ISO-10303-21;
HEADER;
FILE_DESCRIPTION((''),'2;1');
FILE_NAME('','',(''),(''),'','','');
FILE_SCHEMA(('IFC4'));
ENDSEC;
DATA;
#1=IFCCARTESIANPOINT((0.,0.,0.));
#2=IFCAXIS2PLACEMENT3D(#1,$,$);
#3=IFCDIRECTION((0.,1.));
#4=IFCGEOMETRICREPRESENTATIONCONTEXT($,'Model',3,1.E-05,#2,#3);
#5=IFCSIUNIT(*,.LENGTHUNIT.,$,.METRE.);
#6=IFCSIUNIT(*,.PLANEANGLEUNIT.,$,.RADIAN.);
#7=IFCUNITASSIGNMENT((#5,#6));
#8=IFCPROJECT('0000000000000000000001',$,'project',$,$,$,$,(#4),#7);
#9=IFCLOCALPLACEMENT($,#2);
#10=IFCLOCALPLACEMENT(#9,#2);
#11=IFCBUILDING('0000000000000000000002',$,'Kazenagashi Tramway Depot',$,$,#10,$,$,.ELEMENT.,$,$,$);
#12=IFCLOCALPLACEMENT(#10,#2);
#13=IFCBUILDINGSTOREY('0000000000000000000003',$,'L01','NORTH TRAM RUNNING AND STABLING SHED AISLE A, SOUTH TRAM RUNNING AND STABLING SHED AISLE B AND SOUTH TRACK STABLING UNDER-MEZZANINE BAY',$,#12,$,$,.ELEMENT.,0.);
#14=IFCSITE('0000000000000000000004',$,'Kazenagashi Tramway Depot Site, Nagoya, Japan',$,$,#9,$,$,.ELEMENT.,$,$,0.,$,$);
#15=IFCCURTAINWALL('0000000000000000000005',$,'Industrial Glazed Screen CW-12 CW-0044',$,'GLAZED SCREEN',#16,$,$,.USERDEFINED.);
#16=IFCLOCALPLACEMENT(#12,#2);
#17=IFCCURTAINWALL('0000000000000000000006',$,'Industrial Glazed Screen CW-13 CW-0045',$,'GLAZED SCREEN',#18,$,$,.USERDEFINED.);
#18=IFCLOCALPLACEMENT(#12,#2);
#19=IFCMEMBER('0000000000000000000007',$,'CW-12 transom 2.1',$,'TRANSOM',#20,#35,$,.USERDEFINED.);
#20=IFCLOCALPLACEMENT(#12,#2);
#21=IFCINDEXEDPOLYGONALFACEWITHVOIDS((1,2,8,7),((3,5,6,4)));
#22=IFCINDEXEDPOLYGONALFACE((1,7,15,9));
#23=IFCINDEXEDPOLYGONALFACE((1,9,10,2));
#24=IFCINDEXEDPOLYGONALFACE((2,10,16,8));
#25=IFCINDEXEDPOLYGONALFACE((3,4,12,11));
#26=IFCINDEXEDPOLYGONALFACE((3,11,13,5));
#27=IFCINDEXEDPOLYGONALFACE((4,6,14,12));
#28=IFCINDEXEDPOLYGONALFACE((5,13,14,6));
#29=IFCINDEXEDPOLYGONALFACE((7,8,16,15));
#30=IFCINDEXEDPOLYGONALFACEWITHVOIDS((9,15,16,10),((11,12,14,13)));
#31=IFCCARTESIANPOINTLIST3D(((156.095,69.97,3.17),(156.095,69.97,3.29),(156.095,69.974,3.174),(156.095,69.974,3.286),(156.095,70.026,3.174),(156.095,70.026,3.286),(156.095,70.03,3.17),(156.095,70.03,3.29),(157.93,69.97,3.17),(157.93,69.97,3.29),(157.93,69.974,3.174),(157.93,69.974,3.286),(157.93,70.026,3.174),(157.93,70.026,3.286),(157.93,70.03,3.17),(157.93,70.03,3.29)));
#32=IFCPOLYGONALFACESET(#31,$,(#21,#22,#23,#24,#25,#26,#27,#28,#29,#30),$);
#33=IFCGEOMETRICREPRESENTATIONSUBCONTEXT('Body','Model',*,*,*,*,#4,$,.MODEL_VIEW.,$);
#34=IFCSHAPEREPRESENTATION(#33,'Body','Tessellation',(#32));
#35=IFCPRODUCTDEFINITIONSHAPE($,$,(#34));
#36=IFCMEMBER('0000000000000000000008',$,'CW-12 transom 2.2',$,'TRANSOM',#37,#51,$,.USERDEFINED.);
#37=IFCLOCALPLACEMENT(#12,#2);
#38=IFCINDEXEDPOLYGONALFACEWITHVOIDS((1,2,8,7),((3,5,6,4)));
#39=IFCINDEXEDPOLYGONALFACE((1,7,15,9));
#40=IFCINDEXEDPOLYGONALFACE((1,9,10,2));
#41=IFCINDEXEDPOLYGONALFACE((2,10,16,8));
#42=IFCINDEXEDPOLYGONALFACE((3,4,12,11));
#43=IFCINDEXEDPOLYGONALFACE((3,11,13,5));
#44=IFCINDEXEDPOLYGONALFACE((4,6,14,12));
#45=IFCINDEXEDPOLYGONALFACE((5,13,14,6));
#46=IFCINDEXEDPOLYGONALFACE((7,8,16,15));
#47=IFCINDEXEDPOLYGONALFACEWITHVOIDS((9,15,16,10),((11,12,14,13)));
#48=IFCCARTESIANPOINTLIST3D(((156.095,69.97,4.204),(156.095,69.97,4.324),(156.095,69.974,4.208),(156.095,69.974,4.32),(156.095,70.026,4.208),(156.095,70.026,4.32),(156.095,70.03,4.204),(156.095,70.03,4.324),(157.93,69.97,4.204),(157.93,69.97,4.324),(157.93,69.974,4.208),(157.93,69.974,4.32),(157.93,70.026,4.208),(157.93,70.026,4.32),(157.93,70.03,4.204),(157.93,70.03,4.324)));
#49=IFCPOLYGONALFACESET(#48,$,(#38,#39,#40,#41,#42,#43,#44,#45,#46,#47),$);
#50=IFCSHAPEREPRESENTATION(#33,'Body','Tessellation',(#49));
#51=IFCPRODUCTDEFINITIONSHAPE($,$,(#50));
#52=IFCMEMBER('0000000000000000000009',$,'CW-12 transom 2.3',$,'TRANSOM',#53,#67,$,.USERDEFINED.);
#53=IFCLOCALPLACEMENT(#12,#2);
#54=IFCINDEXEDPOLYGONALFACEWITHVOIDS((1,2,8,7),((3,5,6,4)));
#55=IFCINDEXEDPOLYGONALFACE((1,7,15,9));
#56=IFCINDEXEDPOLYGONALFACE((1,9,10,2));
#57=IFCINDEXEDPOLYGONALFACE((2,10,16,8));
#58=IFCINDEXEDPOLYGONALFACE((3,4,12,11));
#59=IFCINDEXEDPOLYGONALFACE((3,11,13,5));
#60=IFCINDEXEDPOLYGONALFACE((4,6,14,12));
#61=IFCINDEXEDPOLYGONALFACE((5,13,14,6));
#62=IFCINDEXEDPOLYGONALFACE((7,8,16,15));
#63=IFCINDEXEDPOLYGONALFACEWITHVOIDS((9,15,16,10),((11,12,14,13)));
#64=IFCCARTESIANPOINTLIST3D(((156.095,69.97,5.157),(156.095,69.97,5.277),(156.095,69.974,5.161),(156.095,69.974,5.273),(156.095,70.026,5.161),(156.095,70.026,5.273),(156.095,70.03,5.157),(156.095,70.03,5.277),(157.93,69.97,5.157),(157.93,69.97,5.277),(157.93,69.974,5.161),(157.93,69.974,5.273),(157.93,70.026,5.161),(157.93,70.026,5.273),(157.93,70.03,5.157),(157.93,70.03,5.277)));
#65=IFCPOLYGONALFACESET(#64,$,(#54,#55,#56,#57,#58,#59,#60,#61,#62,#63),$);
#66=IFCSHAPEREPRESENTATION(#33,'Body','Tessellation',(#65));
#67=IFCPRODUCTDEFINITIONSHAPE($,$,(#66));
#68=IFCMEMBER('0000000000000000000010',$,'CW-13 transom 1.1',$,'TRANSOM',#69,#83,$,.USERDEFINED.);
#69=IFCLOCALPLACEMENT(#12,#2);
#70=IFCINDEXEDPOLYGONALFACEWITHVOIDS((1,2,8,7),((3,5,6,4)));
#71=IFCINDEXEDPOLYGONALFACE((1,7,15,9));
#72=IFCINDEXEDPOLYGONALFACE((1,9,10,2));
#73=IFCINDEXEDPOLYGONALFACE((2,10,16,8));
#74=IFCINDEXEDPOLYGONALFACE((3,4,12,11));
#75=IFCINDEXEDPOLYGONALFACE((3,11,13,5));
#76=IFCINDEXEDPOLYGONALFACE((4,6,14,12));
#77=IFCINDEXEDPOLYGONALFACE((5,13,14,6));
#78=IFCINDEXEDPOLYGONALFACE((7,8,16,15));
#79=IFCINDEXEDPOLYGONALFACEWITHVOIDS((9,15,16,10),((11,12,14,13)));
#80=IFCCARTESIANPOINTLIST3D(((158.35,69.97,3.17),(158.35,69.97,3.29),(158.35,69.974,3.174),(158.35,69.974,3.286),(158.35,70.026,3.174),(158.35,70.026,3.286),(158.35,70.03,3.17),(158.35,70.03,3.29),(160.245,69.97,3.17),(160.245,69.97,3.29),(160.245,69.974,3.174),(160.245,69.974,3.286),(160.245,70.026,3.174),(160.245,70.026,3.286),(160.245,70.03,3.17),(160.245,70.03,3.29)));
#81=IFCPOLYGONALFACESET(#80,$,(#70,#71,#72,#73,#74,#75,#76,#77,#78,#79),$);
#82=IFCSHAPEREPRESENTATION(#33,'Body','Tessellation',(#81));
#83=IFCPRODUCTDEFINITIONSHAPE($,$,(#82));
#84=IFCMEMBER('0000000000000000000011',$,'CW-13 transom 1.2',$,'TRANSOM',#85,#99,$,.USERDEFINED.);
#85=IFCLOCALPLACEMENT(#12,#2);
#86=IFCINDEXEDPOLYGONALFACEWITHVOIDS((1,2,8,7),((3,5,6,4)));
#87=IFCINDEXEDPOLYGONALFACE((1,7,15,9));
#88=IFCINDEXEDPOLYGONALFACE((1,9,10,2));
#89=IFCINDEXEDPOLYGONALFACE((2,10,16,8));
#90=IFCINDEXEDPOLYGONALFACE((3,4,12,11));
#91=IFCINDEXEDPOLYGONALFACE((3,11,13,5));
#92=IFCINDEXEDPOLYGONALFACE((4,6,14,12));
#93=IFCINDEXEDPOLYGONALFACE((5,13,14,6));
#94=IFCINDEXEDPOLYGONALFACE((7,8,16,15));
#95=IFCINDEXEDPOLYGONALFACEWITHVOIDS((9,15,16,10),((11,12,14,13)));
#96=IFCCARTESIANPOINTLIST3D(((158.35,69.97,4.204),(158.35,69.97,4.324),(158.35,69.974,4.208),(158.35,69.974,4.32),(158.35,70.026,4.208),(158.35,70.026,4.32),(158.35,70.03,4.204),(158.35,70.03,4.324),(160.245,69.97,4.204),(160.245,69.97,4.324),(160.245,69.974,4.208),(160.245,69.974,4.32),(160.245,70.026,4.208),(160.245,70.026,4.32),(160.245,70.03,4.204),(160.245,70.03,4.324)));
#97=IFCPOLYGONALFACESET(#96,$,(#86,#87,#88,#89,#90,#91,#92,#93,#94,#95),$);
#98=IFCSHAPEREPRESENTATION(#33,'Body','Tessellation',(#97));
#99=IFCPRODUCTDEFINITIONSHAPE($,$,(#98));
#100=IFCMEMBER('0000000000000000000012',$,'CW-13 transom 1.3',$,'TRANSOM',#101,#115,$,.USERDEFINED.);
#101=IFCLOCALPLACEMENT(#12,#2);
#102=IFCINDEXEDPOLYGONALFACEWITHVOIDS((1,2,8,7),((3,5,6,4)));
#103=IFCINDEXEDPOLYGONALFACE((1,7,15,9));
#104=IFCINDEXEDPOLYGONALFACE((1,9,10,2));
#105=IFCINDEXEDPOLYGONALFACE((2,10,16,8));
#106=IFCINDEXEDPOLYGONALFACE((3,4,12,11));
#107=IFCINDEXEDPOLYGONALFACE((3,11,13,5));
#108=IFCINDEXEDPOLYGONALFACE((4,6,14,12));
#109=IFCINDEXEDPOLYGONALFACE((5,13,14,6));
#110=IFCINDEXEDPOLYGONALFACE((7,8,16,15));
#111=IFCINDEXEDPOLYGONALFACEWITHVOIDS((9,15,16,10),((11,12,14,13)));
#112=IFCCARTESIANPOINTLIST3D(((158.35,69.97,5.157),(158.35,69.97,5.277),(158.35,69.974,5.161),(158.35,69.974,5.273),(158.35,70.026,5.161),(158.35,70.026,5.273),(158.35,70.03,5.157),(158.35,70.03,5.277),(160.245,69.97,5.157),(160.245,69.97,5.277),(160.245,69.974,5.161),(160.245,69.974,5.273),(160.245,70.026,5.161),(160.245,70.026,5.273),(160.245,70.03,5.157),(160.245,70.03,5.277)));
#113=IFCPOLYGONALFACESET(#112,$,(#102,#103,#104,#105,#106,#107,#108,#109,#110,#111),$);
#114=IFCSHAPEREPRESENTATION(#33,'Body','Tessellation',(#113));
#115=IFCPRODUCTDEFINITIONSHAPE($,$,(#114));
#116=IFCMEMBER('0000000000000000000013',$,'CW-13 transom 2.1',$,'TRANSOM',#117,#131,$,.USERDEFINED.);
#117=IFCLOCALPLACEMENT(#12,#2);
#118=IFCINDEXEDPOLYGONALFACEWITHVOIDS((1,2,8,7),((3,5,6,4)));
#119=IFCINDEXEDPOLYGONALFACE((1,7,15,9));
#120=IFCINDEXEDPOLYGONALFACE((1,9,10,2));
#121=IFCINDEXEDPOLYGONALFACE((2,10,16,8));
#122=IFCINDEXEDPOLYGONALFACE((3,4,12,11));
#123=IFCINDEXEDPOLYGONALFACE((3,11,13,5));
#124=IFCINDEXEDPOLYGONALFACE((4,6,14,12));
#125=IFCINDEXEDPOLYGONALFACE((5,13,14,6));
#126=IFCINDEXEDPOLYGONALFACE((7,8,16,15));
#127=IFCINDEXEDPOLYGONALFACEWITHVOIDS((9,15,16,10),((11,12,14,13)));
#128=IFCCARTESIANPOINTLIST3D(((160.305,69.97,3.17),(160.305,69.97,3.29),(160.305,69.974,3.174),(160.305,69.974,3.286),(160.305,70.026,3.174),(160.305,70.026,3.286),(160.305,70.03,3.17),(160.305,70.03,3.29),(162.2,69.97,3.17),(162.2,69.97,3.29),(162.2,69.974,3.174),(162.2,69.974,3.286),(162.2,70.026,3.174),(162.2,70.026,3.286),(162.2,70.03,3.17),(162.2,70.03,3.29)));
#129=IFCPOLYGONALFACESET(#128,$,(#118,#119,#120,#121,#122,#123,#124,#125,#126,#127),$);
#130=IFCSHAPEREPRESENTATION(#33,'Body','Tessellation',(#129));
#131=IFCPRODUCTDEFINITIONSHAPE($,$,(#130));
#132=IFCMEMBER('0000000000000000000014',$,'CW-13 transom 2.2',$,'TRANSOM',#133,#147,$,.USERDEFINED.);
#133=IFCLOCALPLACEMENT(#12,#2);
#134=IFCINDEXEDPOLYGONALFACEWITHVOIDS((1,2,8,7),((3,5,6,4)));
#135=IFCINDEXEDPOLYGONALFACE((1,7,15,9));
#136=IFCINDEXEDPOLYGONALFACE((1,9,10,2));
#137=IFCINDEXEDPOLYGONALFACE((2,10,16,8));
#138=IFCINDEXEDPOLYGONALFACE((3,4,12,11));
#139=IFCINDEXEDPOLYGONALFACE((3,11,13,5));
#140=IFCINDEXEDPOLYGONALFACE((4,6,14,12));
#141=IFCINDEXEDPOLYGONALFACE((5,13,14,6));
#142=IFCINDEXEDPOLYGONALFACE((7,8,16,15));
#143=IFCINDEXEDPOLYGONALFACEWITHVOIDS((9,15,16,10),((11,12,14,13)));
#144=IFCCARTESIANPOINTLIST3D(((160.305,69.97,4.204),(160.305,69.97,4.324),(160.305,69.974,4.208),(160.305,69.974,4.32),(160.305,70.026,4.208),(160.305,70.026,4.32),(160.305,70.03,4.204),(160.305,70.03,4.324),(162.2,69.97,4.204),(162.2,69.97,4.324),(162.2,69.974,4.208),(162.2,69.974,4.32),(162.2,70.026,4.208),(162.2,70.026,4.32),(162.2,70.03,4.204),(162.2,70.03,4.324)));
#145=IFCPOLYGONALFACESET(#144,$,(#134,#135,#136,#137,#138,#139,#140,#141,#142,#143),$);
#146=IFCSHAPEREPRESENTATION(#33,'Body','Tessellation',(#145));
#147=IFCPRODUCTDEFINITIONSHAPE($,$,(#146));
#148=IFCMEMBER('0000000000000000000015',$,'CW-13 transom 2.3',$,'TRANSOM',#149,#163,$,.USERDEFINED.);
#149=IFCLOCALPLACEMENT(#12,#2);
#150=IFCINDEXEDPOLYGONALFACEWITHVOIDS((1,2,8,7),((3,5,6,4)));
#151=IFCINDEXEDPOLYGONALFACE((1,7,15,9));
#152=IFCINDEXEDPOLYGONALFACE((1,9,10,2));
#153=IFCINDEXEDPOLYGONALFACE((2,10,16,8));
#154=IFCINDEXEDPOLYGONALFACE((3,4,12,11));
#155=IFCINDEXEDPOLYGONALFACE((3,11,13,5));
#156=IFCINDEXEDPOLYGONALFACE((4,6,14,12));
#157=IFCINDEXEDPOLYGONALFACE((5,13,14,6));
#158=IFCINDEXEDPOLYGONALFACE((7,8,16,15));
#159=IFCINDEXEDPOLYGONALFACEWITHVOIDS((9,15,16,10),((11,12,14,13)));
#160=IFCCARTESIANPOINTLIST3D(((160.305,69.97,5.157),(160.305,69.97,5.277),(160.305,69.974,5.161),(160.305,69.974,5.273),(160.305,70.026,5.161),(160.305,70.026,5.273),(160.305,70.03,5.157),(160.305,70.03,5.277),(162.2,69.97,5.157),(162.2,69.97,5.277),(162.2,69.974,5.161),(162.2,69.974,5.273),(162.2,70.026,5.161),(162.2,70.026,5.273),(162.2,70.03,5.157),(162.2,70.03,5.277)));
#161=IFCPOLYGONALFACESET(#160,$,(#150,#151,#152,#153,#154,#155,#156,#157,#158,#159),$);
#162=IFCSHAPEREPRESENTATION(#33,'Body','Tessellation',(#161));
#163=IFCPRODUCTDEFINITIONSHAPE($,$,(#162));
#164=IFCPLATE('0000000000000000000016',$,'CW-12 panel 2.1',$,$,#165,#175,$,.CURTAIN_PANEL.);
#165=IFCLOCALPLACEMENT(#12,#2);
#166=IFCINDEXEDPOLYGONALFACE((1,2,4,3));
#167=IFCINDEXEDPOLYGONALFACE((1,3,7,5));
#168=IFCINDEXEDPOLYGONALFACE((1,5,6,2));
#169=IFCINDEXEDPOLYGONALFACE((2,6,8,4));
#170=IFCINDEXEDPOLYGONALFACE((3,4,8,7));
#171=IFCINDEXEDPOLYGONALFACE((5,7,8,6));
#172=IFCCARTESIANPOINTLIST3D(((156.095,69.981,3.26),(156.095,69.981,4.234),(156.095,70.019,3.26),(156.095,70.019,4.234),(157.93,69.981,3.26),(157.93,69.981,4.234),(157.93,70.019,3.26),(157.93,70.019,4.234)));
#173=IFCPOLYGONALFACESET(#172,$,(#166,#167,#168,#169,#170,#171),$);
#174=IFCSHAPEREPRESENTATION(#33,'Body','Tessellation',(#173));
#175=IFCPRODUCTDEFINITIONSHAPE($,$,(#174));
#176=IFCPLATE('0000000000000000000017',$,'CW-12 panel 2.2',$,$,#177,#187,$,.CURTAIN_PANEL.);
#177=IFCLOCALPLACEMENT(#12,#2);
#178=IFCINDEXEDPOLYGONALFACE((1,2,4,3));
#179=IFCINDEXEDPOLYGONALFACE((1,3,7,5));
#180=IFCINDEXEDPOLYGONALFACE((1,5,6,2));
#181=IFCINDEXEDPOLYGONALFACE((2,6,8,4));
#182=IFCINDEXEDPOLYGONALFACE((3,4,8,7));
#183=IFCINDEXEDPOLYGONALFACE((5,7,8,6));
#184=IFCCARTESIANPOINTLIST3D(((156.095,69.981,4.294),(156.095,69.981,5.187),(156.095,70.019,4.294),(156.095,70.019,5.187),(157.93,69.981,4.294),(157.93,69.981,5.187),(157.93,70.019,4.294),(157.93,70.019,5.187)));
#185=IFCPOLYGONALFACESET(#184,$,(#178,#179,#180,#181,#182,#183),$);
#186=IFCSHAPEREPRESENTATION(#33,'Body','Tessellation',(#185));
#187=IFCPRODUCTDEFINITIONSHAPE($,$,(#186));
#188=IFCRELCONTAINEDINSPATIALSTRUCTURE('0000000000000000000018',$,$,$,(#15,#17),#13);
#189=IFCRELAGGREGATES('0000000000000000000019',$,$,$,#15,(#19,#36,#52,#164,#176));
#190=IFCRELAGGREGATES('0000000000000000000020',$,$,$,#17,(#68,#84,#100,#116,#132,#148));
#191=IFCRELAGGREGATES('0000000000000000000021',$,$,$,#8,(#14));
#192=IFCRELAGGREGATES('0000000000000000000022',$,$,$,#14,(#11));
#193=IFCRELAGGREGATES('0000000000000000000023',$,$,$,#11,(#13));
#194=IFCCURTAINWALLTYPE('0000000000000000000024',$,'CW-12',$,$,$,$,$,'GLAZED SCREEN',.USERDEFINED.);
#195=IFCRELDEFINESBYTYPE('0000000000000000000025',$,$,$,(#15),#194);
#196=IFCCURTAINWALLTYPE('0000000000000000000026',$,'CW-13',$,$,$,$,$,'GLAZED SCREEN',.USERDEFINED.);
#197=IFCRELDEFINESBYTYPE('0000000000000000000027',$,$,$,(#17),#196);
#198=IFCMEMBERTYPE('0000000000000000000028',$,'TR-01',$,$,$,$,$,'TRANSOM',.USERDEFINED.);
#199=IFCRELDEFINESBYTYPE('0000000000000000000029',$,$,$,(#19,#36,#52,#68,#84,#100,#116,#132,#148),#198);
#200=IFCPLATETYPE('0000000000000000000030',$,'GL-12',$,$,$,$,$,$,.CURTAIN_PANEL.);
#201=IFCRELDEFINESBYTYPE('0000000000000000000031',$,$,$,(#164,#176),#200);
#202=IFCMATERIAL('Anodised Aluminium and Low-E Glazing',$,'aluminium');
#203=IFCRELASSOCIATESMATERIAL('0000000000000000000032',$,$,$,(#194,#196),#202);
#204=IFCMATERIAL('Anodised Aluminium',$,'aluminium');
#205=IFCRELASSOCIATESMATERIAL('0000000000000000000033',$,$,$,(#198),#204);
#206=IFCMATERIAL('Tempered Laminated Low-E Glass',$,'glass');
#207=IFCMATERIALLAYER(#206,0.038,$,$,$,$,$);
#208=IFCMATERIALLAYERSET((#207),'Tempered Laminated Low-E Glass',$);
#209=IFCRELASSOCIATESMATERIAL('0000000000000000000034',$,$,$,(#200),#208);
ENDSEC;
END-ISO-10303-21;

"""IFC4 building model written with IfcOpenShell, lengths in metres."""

from ifc_helpers import new_model, si_unit, direction, frame, origin, origin_2d, place, context, subcontext, project, spatial, rectangle, hollow_rectangle, extrude, material, layer, layer_set, material_profile, profile_set, type_object, element, aggregate, save


model = new_model("IFC4")

# Units and contexts
model_context = context("Model", 3, precision=1e-05, world=origin(), true_north=direction((0.0, 1.0)))
body_context = subcontext(model_context, "Body", "Model", "MODEL_VIEW")
ifc_project = project(units=[si_unit("LENGTHUNIT", "METRE"), si_unit("PLANEANGLEUNIT", "RADIAN")], contexts=[model_context])

# Site, building, storey
site_placement = place(None, origin())
site = spatial("IfcSite", under=ifc_project, at=site_placement, Name="Kazenagashi Tramway Depot Site, Nagoya, Japan", CompositionType="ELEMENT", RefElevation=0.0)
building_placement = place(site_placement, origin())
building = spatial("IfcBuilding", under=site, at=building_placement, Name="Kazenagashi Tramway Depot", CompositionType="ELEMENT")
storey_placement = place(building_placement, origin())
storey = spatial("IfcBuildingStorey", under=building, at=storey_placement, Name="L01", Description="NORTH TRAM RUNNING AND STABLING SHED AISLE A, SOUTH TRAM RUNNING AND STABLING SHED AISLE B AND SOUTH TRACK STABLING UNDER-MEZZANINE BAY", CompositionType="ELEMENT", Elevation=0.0)

# Curtain walls
ifc_material_1 = material(Name="Anodised Aluminium and Low-E Glazing", Category="aluminium")
curtain_wall_type_1 = type_object("IfcCurtainWallType", Name="CW-12", ElementType="GLAZED SCREEN", PredefinedType="USERDEFINED", material=ifc_material_1)
curtain_wall_1_placement = place(storey_placement, origin())
curtain_wall_1 = element("IfcCurtainWall", 1, at=curtain_wall_1_placement, inside=storey, type_object=curtain_wall_type_1, Name="Industrial Glazed Screen CW-12 CW-0044", ObjectType="GLAZED SCREEN", PredefinedType="USERDEFINED")
ifc_material_2 = material(Name="Anodised Aluminium", Category="aluminium")
curtain_wall_type_2 = type_object("IfcCurtainWallType", Name="CW-13", ElementType="GLAZED SCREEN", PredefinedType="USERDEFINED", material=ifc_material_1)
curtain_wall_2_placement = place(storey_placement, origin())
curtain_wall_2 = element("IfcCurtainWall", 2, at=curtain_wall_2_placement, inside=storey, type_object=curtain_wall_type_2, Name="Industrial Glazed Screen CW-13 CW-0045", ObjectType="GLAZED SCREEN", PredefinedType="USERDEFINED")

# Members
ifc_material_profile_1 = material_profile(ifc_material_2, hollow_rectangle(XDim=0.06, YDim=0.12, WallThickness=0.004, at=origin_2d()), Name="RHS-120x60x4")
ifc_profile_set_1 = profile_set([ifc_material_profile_1], Name="Anodised Aluminium")
member_type_1 = type_object("IfcMemberType", Name="TR-01", ElementType="TRANSOM", PredefinedType="USERDEFINED", material=ifc_profile_set_1)
member_1_placement = place(storey_placement, frame((156.095, 70.0, 3.23), z_axis=(1.0, 0.0, 0.0), x_axis=(0.0, 1.0, 0.0)))
member_1 = element("IfcMember", 3, at=member_1_placement, type_object=member_type_1, Name="CW-12 transom 2.1", ObjectType="TRANSOM", PredefinedType="USERDEFINED", context=body_context, shape_type="SweptSolid", body=[
    extrude(hollow_rectangle(XDim=0.06, YDim=0.12, WallThickness=0.004, at=origin_2d()), origin(), (0.0, 0.0, 1.0), 1.835),
])
member_2_placement = place(storey_placement, frame((156.095, 70.0, 4.264), z_axis=(1.0, 0.0, 0.0), x_axis=(0.0, 1.0, 0.0)))
member_2 = element("IfcMember", 4, at=member_2_placement, type_object=member_type_1, Name="CW-12 transom 2.2", ObjectType="TRANSOM", PredefinedType="USERDEFINED", context=body_context, shape_type="SweptSolid", body=[
    extrude(hollow_rectangle(XDim=0.06, YDim=0.12, WallThickness=0.004, at=origin_2d()), origin(), (0.0, 0.0, 1.0), 1.835),
])
member_3_placement = place(storey_placement, frame((156.095, 70.0, 5.217), z_axis=(1.0, 0.0, 0.0), x_axis=(0.0, 1.0, 0.0)))
member_3 = element("IfcMember", 5, at=member_3_placement, type_object=member_type_1, Name="CW-12 transom 2.3", ObjectType="TRANSOM", PredefinedType="USERDEFINED", context=body_context, shape_type="SweptSolid", body=[
    extrude(hollow_rectangle(XDim=0.06, YDim=0.12, WallThickness=0.004, at=origin_2d()), origin(), (0.0, 0.0, 1.0), 1.835),
])
member_4_placement = place(storey_placement, frame((158.35, 70.0, 3.23), z_axis=(1.0, 0.0, 0.0), x_axis=(0.0, 1.0, 0.0)))
member_4 = element("IfcMember", 6, at=member_4_placement, type_object=member_type_1, Name="CW-13 transom 1.1", ObjectType="TRANSOM", PredefinedType="USERDEFINED", context=body_context, shape_type="SweptSolid", body=[
    extrude(hollow_rectangle(XDim=0.06, YDim=0.12, WallThickness=0.004, at=origin_2d()), origin(), (0.0, 0.0, 1.0), 1.895),
])
member_5_placement = place(storey_placement, frame((158.35, 70.0, 4.264), z_axis=(1.0, 0.0, 0.0), x_axis=(0.0, 1.0, 0.0)))
member_5 = element("IfcMember", 7, at=member_5_placement, type_object=member_type_1, Name="CW-13 transom 1.2", ObjectType="TRANSOM", PredefinedType="USERDEFINED", context=body_context, shape_type="SweptSolid", body=[
    extrude(hollow_rectangle(XDim=0.06, YDim=0.12, WallThickness=0.004, at=origin_2d()), origin(), (0.0, 0.0, 1.0), 1.895),
])
member_6_placement = place(storey_placement, frame((158.35, 70.0, 5.217), z_axis=(1.0, 0.0, 0.0), x_axis=(0.0, 1.0, 0.0)))
member_6 = element("IfcMember", 8, at=member_6_placement, type_object=member_type_1, Name="CW-13 transom 1.3", ObjectType="TRANSOM", PredefinedType="USERDEFINED", context=body_context, shape_type="SweptSolid", body=[
    extrude(hollow_rectangle(XDim=0.06, YDim=0.12, WallThickness=0.004, at=origin_2d()), origin(), (0.0, 0.0, 1.0), 1.895),
])
member_7_placement = place(storey_placement, frame((160.305, 70.0, 3.23), z_axis=(1.0, 0.0, 0.0), x_axis=(0.0, 1.0, 0.0)))
member_7 = element("IfcMember", 9, at=member_7_placement, type_object=member_type_1, Name="CW-13 transom 2.1", ObjectType="TRANSOM", PredefinedType="USERDEFINED", context=body_context, shape_type="SweptSolid", body=[
    extrude(hollow_rectangle(XDim=0.06, YDim=0.12, WallThickness=0.004, at=origin_2d()), origin(), (0.0, 0.0, 1.0), 1.895),
])
member_8_placement = place(storey_placement, frame((160.305, 70.0, 4.264), z_axis=(1.0, 0.0, 0.0), x_axis=(0.0, 1.0, 0.0)))
member_8 = element("IfcMember", 10, at=member_8_placement, type_object=member_type_1, Name="CW-13 transom 2.2", ObjectType="TRANSOM", PredefinedType="USERDEFINED", context=body_context, shape_type="SweptSolid", body=[
    extrude(hollow_rectangle(XDim=0.06, YDim=0.12, WallThickness=0.004, at=origin_2d()), origin(), (0.0, 0.0, 1.0), 1.895),
])
member_9_placement = place(storey_placement, frame((160.305, 70.0, 5.217), z_axis=(1.0, 0.0, 0.0), x_axis=(0.0, 1.0, 0.0)))
member_9 = element("IfcMember", 11, at=member_9_placement, type_object=member_type_1, Name="CW-13 transom 2.3", ObjectType="TRANSOM", PredefinedType="USERDEFINED", context=body_context, shape_type="SweptSolid", body=[
    extrude(hollow_rectangle(XDim=0.06, YDim=0.12, WallThickness=0.004, at=origin_2d()), origin(), (0.0, 0.0, 1.0), 1.895),
])

# Plates
ifc_material_3 = material(Name="Tempered Laminated Low-E Glass", Category="glass")
ifc_layer_1 = layer(ifc_material_3, 0.038)
ifc_layer_set_1 = layer_set([ifc_layer_1], Name="Tempered Laminated Low-E Glass")
plate_type_1 = type_object("IfcPlateType", Name="GL-12", PredefinedType="CURTAIN_PANEL", material=ifc_layer_set_1)
plate_1_placement = place(storey_placement, frame((157.0125, 70.0, 3.26), z_axis=(0.0, 0.0, 1.0), x_axis=(1.0, 0.0, 0.0)))
plate_1 = element("IfcPlate", 12, at=plate_1_placement, type_object=plate_type_1, Name="CW-12 panel 2.1", PredefinedType="CURTAIN_PANEL", context=body_context, shape_type="SweptSolid", body=[
    extrude(rectangle(XDim=1.835, YDim=0.038, at=origin_2d()), origin(), (0.0, 0.0, 1.0), 0.974),
])
plate_2_placement = place(storey_placement, frame((157.0125, 70.0, 4.294), z_axis=(0.0, 0.0, 1.0), x_axis=(1.0, 0.0, 0.0)))
plate_2 = element("IfcPlate", 13, at=plate_2_placement, type_object=plate_type_1, Name="CW-12 panel 2.2", PredefinedType="CURTAIN_PANEL", context=body_context, shape_type="SweptSolid", body=[
    extrude(rectangle(XDim=1.835, YDim=0.038, at=origin_2d()), origin(), (0.0, 0.0, 1.0), 0.893),
])
aggregate(curtain_wall_1, [member_1, member_2, member_3, plate_1, plate_2])
aggregate(curtain_wall_2, [member_4, member_5, member_6, member_7, member_8, member_9])

save(model, "model.ifc")
